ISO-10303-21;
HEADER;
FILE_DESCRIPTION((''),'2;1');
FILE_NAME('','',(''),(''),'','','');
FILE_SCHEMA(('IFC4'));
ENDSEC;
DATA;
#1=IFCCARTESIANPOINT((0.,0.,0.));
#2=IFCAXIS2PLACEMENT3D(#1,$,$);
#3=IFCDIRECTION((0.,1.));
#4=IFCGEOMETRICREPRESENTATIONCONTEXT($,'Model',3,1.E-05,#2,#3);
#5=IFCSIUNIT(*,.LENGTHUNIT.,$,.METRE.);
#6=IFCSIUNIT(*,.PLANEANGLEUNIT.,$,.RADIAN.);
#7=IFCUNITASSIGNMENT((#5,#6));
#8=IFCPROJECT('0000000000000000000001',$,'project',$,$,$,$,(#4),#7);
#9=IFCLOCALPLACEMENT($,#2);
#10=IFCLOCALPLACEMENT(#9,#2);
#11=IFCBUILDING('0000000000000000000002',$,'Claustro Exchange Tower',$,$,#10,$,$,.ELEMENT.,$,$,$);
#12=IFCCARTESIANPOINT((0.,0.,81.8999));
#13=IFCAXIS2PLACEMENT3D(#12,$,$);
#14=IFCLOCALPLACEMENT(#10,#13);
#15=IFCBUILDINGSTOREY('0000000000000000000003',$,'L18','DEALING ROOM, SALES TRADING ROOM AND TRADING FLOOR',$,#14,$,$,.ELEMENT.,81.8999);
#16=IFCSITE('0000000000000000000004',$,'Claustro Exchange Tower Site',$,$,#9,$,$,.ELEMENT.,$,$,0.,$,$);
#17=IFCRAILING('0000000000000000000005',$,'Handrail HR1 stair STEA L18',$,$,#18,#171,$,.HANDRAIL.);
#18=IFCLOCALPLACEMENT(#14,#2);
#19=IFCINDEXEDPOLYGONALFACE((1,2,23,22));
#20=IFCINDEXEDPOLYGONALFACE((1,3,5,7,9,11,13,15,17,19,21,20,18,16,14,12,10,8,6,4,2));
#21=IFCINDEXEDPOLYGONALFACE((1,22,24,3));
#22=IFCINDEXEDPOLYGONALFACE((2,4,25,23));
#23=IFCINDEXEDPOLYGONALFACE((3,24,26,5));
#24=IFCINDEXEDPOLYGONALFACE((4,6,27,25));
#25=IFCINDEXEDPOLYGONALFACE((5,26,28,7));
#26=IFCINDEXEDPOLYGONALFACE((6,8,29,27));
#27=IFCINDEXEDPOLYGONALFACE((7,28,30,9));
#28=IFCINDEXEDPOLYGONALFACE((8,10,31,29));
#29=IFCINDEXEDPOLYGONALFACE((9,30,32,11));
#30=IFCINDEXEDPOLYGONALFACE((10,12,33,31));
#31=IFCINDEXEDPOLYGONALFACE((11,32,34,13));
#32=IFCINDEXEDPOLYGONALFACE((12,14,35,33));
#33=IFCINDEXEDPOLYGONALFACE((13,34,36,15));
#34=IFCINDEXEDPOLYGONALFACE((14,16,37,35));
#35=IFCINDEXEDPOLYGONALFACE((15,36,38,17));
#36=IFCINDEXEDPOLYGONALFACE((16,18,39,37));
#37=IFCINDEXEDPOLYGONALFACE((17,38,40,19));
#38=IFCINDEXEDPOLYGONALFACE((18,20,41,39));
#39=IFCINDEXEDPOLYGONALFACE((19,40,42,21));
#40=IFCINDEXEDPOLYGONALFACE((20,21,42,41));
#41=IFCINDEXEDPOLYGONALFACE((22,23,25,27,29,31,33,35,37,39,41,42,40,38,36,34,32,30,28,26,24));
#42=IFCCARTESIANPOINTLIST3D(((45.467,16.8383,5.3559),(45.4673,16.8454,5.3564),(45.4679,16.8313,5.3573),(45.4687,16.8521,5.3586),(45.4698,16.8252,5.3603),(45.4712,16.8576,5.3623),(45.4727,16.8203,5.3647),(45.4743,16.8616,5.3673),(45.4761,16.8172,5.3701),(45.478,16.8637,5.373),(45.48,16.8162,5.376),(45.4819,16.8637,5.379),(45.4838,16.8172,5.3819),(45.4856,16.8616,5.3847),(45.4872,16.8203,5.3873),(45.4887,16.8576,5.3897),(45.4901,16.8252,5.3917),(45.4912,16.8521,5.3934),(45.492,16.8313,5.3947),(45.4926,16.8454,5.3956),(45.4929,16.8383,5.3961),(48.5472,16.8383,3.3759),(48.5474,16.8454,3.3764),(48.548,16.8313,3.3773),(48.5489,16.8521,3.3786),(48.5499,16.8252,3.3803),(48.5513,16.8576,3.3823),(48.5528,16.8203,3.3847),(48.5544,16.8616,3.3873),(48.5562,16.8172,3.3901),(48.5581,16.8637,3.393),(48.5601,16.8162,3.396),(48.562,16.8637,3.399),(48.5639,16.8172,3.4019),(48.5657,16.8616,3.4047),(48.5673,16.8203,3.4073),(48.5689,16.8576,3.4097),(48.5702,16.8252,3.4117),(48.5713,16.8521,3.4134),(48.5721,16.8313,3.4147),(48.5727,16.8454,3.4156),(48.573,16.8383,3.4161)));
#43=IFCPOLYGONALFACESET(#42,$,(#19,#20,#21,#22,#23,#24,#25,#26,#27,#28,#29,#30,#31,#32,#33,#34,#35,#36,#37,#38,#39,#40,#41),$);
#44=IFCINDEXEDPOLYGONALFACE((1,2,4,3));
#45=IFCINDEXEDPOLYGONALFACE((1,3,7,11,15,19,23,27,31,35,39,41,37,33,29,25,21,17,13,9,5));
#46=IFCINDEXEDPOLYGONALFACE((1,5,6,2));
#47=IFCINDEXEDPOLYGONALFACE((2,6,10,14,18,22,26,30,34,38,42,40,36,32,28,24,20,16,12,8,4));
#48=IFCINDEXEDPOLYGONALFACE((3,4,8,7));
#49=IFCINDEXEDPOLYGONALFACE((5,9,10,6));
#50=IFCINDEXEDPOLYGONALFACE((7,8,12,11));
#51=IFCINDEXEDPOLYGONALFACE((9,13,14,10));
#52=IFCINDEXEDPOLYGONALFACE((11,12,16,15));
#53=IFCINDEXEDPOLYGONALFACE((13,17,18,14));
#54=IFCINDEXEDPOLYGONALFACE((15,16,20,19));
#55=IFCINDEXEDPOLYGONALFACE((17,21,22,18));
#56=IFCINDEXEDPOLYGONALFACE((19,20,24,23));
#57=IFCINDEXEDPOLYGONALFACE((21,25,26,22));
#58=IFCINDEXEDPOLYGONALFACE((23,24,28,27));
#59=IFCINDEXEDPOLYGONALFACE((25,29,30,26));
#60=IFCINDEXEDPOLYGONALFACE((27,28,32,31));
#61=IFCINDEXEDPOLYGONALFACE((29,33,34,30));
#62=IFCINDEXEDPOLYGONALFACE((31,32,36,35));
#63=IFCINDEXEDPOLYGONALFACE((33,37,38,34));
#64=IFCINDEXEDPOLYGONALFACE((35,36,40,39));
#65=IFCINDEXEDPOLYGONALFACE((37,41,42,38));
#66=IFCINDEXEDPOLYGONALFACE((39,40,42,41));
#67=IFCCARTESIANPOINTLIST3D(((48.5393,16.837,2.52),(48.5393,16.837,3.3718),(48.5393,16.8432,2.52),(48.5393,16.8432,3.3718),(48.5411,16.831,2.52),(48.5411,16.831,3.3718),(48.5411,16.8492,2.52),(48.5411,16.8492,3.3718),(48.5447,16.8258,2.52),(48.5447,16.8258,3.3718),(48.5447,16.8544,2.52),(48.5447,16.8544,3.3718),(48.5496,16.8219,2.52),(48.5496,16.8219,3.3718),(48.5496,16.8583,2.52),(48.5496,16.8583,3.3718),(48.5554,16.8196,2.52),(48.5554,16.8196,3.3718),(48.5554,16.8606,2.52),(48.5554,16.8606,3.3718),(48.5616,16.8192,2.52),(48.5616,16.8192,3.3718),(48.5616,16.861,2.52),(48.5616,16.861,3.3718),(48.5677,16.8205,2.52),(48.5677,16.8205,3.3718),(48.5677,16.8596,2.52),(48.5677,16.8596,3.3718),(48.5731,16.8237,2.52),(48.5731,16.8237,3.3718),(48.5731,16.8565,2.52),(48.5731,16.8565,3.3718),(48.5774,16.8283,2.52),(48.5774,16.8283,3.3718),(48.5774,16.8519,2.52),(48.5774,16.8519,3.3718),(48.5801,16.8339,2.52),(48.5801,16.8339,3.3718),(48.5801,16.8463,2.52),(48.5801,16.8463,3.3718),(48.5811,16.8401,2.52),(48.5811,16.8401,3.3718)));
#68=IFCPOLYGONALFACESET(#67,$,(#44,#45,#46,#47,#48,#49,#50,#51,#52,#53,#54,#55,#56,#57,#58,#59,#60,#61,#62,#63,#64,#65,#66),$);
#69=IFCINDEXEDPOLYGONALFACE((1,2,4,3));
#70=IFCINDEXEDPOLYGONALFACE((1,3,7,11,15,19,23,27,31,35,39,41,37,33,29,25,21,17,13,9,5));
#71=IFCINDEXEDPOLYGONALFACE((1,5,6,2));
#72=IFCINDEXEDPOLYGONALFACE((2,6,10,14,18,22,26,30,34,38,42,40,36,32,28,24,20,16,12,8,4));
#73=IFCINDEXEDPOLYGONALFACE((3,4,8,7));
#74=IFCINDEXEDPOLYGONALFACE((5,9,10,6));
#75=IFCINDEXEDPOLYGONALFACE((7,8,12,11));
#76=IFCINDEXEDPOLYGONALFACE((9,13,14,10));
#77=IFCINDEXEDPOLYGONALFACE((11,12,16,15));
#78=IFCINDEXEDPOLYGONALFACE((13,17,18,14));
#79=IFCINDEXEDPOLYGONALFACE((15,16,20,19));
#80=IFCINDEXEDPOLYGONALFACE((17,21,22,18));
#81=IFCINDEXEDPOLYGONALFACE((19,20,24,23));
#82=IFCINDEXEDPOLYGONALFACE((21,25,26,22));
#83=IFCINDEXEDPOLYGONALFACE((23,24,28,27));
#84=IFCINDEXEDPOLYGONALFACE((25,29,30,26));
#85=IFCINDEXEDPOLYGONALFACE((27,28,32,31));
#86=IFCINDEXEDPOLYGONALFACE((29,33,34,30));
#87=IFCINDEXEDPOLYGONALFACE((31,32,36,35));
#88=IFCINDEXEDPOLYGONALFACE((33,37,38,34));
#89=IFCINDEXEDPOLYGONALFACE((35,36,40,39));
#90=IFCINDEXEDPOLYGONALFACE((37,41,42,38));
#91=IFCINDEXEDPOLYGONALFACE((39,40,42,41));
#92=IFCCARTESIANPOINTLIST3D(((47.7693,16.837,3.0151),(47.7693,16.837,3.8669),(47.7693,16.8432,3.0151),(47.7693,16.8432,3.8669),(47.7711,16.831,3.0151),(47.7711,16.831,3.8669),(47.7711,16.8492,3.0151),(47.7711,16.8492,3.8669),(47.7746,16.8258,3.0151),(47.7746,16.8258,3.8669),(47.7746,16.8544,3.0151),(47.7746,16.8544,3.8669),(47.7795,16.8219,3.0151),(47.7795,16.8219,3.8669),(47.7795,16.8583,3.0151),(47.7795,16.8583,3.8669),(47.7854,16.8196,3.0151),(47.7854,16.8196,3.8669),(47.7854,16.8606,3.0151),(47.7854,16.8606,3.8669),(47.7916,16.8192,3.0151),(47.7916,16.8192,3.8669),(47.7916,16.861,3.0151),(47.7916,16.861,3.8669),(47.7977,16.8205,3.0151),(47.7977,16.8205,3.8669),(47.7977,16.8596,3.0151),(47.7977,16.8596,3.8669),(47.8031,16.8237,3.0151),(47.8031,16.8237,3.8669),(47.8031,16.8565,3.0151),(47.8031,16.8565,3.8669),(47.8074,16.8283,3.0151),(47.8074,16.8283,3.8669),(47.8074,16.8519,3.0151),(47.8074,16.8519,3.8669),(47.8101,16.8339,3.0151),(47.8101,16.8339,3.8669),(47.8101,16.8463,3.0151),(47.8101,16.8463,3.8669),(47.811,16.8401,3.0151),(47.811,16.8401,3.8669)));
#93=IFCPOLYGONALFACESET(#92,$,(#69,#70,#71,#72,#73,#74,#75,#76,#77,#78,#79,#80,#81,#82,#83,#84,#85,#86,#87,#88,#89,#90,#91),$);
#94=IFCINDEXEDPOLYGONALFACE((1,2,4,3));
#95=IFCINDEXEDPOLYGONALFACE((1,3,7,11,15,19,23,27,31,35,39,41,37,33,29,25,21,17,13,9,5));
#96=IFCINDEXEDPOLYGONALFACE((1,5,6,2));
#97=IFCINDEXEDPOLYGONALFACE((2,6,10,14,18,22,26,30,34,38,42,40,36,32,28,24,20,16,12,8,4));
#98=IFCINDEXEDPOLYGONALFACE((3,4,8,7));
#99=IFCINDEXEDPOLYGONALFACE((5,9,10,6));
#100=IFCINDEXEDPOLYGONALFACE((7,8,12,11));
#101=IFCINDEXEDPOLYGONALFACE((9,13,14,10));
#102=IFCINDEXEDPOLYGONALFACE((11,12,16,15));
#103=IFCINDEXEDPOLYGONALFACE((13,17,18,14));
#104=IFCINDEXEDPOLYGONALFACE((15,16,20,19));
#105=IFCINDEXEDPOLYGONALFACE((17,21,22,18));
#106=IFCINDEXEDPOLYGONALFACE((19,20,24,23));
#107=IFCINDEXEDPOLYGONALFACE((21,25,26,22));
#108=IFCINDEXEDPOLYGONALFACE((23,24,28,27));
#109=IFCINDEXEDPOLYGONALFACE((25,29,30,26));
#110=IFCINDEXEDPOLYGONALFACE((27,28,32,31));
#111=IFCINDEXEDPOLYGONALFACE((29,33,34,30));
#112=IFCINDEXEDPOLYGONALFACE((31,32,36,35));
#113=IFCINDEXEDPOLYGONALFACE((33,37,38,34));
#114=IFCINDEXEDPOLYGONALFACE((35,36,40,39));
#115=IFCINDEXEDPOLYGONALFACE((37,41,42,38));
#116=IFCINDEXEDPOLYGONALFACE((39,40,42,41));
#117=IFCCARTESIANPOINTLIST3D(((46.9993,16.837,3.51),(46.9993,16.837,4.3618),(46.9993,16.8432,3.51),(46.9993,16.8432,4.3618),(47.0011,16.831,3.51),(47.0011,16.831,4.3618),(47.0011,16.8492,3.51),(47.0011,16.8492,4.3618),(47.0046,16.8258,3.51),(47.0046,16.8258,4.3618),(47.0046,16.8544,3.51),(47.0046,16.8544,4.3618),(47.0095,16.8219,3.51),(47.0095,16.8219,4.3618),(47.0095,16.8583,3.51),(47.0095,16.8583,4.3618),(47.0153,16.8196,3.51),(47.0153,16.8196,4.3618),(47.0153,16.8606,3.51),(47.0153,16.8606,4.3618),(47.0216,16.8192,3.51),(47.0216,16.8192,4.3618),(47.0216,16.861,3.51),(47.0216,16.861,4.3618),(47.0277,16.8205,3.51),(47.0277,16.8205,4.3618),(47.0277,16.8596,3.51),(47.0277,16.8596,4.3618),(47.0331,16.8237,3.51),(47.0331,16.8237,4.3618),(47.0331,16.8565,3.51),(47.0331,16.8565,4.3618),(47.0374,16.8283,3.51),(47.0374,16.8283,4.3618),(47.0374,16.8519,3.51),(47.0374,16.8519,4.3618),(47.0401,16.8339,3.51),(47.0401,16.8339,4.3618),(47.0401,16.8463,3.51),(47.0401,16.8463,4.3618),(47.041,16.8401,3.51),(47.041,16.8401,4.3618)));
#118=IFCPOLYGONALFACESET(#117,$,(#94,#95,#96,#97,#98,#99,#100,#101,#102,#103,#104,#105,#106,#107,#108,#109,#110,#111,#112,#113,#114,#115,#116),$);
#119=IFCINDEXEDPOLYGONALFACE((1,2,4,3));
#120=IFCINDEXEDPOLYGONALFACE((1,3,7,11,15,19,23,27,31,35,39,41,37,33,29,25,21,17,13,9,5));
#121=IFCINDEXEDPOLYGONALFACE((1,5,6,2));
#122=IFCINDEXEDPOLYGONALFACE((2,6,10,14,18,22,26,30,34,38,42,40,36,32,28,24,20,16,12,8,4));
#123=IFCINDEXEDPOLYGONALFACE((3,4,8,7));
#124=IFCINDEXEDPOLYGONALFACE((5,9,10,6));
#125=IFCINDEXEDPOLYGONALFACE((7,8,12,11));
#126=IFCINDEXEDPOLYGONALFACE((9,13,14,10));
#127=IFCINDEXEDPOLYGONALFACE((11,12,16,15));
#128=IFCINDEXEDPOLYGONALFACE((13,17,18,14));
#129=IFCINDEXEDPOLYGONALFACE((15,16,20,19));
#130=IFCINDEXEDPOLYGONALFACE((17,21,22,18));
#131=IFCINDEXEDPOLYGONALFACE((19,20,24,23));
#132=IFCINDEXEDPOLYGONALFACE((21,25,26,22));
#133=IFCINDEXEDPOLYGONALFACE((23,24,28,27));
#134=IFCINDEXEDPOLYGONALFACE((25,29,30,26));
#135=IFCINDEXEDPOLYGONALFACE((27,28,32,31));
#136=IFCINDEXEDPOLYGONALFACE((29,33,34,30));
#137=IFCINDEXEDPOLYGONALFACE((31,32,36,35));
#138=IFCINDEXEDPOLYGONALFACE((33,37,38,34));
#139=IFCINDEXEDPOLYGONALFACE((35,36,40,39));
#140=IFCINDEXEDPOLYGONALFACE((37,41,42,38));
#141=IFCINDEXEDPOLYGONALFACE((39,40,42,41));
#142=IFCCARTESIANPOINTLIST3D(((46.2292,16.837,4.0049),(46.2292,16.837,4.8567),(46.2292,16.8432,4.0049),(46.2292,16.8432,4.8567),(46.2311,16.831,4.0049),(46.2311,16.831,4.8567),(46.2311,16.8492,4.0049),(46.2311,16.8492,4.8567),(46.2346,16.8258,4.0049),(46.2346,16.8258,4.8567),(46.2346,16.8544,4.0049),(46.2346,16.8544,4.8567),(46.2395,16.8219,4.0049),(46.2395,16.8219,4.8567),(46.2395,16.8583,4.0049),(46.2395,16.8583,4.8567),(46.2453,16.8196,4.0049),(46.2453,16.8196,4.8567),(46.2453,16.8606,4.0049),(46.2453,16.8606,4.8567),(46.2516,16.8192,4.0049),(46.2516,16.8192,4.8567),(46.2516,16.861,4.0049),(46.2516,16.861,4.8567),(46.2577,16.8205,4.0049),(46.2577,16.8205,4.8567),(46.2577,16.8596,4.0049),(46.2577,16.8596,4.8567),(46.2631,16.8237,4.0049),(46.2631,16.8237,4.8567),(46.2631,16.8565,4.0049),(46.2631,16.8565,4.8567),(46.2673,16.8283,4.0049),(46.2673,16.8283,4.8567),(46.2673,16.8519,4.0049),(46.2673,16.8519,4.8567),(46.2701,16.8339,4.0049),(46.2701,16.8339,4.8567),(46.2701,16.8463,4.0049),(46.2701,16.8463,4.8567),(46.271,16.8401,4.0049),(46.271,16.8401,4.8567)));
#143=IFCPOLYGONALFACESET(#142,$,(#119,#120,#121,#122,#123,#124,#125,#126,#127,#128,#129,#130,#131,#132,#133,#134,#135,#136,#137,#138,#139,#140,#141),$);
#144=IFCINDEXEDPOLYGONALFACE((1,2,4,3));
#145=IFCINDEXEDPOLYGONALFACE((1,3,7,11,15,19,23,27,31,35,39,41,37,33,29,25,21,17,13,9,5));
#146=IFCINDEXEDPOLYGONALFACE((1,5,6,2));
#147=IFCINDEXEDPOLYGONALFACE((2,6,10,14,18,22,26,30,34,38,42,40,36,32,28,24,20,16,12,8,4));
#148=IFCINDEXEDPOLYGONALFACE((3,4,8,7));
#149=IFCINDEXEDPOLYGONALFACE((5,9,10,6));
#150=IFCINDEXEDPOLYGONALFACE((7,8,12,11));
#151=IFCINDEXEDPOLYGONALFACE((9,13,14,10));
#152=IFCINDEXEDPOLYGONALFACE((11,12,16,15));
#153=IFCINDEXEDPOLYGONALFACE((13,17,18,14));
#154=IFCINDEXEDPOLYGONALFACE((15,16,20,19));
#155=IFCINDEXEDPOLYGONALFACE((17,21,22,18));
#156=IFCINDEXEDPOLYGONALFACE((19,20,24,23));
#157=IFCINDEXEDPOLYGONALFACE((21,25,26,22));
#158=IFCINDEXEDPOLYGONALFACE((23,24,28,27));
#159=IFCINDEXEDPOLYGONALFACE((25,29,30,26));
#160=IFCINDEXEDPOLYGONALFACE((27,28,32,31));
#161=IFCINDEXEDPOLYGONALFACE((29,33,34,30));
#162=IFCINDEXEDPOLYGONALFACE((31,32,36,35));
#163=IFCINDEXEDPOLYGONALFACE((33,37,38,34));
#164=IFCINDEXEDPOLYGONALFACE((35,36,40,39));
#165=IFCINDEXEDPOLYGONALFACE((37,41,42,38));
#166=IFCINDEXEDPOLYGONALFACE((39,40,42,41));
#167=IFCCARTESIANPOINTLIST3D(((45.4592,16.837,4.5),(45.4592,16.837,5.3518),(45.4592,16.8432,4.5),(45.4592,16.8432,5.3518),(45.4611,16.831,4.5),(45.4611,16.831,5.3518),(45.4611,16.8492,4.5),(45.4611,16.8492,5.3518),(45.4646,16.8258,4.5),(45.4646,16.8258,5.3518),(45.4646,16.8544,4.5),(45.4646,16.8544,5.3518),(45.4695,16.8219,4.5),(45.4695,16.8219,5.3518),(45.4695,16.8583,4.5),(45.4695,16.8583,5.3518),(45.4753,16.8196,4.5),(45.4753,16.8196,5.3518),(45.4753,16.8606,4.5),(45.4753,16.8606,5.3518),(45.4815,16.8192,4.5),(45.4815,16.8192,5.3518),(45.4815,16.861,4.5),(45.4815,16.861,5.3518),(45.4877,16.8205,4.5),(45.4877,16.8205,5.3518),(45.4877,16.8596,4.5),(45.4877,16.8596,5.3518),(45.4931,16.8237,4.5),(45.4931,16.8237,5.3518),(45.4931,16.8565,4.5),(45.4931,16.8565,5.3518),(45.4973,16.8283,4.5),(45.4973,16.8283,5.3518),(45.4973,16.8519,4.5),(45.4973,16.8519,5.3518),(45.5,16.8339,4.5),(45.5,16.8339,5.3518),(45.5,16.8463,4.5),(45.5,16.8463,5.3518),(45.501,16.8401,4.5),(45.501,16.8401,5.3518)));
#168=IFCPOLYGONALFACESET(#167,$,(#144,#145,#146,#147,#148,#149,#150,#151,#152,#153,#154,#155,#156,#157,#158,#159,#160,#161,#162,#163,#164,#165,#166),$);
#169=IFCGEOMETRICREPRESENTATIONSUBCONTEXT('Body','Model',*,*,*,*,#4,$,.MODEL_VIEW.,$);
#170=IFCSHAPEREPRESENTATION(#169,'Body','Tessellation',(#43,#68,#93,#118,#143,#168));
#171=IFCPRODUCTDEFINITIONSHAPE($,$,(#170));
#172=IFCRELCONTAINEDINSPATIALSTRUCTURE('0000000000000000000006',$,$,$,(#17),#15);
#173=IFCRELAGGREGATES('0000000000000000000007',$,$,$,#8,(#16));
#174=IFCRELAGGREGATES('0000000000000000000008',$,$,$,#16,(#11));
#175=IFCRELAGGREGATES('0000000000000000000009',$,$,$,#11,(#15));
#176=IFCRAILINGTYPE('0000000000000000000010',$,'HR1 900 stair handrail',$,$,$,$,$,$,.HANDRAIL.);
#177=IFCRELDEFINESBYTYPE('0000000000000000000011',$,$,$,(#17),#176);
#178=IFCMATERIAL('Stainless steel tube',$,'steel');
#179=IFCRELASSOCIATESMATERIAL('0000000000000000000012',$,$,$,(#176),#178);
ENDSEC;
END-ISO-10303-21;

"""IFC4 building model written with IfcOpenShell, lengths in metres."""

from ifc_helpers import new_model, si_unit, direction, frame, origin, origin_2d, place, context, subcontext, project, spatial, circle, extrude, material, type_object, element, save


model = new_model("IFC4")

# Units and contexts
model_context = context("Model", 3, precision=1e-05, world=origin(), true_north=direction((0.0, 1.0)))
body_context = subcontext(model_context, "Body", "Model", "MODEL_VIEW")
ifc_project = project(units=[si_unit("LENGTHUNIT", "METRE"), si_unit("PLANEANGLEUNIT", "RADIAN")], contexts=[model_context])

# Site, building, storey
site_placement = place(None, origin())
site = spatial("IfcSite", under=ifc_project, at=site_placement, Name="Claustro Exchange Tower Site", CompositionType="ELEMENT", RefElevation=0.0)
building_placement = place(site_placement, origin())
building = spatial("IfcBuilding", under=site, at=building_placement, Name="Claustro Exchange Tower", CompositionType="ELEMENT")
storey_placement = place(building_placement, frame((0.0, 0.0, 81.8999)))
storey = spatial("IfcBuildingStorey", under=building, at=storey_placement, Name="L18", Description="DEALING ROOM, SALES TRADING ROOM AND TRADING FLOOR", CompositionType="ELEMENT", Elevation=81.8999)

# Railing
ifc_material_1 = material(Name="Stainless steel tube", Category="steel")
railing_type_1 = type_object("IfcRailingType", Name="HR1 900 stair handrail", PredefinedType="HANDRAIL", material=ifc_material_1)
railing_1_placement = place(storey_placement, frame((48.5601, 16.8401, 2.52)))
element("IfcRailing", 1, at=railing_1_placement, inside=storey, type_object=railing_type_1, Name="Handrail HR1 stair STEA L18", PredefinedType="HANDRAIL", context=body_context, shape_type="SweptSolid", body=[
    extrude(circle(Radius=0.0239, at=origin_2d()), frame((0.0, 0.0, 0.876), z_axis=(-0.841187, 0.0, 0.540744), x_axis=(0.0, -1.0, 0.0)), (0.0, 0.0, 1.0), 3.6616),
    extrude(circle(Radius=0.021, at=origin_2d()), origin(), (0.0, 0.0, 1.0), 0.8518),
    extrude(circle(Radius=0.021, at=origin_2d()), frame((-0.77, 0.0, 0.4951)), (0.0, 0.0, 1.0), 0.8518),
    extrude(circle(Radius=0.021, at=origin_2d()), frame((-1.54, 0.0, 0.99)), (0.0, 0.0, 1.0), 0.8518),
    extrude(circle(Radius=0.021, at=origin_2d()), frame((-2.3101, 0.0, 1.4849)), (0.0, 0.0, 1.0), 0.8518),
    extrude(circle(Radius=0.021, at=origin_2d()), frame((-3.0801, 0.0, 1.98)), (0.0, 0.0, 1.0), 0.8518),
])

save(model, "model.ifc")
